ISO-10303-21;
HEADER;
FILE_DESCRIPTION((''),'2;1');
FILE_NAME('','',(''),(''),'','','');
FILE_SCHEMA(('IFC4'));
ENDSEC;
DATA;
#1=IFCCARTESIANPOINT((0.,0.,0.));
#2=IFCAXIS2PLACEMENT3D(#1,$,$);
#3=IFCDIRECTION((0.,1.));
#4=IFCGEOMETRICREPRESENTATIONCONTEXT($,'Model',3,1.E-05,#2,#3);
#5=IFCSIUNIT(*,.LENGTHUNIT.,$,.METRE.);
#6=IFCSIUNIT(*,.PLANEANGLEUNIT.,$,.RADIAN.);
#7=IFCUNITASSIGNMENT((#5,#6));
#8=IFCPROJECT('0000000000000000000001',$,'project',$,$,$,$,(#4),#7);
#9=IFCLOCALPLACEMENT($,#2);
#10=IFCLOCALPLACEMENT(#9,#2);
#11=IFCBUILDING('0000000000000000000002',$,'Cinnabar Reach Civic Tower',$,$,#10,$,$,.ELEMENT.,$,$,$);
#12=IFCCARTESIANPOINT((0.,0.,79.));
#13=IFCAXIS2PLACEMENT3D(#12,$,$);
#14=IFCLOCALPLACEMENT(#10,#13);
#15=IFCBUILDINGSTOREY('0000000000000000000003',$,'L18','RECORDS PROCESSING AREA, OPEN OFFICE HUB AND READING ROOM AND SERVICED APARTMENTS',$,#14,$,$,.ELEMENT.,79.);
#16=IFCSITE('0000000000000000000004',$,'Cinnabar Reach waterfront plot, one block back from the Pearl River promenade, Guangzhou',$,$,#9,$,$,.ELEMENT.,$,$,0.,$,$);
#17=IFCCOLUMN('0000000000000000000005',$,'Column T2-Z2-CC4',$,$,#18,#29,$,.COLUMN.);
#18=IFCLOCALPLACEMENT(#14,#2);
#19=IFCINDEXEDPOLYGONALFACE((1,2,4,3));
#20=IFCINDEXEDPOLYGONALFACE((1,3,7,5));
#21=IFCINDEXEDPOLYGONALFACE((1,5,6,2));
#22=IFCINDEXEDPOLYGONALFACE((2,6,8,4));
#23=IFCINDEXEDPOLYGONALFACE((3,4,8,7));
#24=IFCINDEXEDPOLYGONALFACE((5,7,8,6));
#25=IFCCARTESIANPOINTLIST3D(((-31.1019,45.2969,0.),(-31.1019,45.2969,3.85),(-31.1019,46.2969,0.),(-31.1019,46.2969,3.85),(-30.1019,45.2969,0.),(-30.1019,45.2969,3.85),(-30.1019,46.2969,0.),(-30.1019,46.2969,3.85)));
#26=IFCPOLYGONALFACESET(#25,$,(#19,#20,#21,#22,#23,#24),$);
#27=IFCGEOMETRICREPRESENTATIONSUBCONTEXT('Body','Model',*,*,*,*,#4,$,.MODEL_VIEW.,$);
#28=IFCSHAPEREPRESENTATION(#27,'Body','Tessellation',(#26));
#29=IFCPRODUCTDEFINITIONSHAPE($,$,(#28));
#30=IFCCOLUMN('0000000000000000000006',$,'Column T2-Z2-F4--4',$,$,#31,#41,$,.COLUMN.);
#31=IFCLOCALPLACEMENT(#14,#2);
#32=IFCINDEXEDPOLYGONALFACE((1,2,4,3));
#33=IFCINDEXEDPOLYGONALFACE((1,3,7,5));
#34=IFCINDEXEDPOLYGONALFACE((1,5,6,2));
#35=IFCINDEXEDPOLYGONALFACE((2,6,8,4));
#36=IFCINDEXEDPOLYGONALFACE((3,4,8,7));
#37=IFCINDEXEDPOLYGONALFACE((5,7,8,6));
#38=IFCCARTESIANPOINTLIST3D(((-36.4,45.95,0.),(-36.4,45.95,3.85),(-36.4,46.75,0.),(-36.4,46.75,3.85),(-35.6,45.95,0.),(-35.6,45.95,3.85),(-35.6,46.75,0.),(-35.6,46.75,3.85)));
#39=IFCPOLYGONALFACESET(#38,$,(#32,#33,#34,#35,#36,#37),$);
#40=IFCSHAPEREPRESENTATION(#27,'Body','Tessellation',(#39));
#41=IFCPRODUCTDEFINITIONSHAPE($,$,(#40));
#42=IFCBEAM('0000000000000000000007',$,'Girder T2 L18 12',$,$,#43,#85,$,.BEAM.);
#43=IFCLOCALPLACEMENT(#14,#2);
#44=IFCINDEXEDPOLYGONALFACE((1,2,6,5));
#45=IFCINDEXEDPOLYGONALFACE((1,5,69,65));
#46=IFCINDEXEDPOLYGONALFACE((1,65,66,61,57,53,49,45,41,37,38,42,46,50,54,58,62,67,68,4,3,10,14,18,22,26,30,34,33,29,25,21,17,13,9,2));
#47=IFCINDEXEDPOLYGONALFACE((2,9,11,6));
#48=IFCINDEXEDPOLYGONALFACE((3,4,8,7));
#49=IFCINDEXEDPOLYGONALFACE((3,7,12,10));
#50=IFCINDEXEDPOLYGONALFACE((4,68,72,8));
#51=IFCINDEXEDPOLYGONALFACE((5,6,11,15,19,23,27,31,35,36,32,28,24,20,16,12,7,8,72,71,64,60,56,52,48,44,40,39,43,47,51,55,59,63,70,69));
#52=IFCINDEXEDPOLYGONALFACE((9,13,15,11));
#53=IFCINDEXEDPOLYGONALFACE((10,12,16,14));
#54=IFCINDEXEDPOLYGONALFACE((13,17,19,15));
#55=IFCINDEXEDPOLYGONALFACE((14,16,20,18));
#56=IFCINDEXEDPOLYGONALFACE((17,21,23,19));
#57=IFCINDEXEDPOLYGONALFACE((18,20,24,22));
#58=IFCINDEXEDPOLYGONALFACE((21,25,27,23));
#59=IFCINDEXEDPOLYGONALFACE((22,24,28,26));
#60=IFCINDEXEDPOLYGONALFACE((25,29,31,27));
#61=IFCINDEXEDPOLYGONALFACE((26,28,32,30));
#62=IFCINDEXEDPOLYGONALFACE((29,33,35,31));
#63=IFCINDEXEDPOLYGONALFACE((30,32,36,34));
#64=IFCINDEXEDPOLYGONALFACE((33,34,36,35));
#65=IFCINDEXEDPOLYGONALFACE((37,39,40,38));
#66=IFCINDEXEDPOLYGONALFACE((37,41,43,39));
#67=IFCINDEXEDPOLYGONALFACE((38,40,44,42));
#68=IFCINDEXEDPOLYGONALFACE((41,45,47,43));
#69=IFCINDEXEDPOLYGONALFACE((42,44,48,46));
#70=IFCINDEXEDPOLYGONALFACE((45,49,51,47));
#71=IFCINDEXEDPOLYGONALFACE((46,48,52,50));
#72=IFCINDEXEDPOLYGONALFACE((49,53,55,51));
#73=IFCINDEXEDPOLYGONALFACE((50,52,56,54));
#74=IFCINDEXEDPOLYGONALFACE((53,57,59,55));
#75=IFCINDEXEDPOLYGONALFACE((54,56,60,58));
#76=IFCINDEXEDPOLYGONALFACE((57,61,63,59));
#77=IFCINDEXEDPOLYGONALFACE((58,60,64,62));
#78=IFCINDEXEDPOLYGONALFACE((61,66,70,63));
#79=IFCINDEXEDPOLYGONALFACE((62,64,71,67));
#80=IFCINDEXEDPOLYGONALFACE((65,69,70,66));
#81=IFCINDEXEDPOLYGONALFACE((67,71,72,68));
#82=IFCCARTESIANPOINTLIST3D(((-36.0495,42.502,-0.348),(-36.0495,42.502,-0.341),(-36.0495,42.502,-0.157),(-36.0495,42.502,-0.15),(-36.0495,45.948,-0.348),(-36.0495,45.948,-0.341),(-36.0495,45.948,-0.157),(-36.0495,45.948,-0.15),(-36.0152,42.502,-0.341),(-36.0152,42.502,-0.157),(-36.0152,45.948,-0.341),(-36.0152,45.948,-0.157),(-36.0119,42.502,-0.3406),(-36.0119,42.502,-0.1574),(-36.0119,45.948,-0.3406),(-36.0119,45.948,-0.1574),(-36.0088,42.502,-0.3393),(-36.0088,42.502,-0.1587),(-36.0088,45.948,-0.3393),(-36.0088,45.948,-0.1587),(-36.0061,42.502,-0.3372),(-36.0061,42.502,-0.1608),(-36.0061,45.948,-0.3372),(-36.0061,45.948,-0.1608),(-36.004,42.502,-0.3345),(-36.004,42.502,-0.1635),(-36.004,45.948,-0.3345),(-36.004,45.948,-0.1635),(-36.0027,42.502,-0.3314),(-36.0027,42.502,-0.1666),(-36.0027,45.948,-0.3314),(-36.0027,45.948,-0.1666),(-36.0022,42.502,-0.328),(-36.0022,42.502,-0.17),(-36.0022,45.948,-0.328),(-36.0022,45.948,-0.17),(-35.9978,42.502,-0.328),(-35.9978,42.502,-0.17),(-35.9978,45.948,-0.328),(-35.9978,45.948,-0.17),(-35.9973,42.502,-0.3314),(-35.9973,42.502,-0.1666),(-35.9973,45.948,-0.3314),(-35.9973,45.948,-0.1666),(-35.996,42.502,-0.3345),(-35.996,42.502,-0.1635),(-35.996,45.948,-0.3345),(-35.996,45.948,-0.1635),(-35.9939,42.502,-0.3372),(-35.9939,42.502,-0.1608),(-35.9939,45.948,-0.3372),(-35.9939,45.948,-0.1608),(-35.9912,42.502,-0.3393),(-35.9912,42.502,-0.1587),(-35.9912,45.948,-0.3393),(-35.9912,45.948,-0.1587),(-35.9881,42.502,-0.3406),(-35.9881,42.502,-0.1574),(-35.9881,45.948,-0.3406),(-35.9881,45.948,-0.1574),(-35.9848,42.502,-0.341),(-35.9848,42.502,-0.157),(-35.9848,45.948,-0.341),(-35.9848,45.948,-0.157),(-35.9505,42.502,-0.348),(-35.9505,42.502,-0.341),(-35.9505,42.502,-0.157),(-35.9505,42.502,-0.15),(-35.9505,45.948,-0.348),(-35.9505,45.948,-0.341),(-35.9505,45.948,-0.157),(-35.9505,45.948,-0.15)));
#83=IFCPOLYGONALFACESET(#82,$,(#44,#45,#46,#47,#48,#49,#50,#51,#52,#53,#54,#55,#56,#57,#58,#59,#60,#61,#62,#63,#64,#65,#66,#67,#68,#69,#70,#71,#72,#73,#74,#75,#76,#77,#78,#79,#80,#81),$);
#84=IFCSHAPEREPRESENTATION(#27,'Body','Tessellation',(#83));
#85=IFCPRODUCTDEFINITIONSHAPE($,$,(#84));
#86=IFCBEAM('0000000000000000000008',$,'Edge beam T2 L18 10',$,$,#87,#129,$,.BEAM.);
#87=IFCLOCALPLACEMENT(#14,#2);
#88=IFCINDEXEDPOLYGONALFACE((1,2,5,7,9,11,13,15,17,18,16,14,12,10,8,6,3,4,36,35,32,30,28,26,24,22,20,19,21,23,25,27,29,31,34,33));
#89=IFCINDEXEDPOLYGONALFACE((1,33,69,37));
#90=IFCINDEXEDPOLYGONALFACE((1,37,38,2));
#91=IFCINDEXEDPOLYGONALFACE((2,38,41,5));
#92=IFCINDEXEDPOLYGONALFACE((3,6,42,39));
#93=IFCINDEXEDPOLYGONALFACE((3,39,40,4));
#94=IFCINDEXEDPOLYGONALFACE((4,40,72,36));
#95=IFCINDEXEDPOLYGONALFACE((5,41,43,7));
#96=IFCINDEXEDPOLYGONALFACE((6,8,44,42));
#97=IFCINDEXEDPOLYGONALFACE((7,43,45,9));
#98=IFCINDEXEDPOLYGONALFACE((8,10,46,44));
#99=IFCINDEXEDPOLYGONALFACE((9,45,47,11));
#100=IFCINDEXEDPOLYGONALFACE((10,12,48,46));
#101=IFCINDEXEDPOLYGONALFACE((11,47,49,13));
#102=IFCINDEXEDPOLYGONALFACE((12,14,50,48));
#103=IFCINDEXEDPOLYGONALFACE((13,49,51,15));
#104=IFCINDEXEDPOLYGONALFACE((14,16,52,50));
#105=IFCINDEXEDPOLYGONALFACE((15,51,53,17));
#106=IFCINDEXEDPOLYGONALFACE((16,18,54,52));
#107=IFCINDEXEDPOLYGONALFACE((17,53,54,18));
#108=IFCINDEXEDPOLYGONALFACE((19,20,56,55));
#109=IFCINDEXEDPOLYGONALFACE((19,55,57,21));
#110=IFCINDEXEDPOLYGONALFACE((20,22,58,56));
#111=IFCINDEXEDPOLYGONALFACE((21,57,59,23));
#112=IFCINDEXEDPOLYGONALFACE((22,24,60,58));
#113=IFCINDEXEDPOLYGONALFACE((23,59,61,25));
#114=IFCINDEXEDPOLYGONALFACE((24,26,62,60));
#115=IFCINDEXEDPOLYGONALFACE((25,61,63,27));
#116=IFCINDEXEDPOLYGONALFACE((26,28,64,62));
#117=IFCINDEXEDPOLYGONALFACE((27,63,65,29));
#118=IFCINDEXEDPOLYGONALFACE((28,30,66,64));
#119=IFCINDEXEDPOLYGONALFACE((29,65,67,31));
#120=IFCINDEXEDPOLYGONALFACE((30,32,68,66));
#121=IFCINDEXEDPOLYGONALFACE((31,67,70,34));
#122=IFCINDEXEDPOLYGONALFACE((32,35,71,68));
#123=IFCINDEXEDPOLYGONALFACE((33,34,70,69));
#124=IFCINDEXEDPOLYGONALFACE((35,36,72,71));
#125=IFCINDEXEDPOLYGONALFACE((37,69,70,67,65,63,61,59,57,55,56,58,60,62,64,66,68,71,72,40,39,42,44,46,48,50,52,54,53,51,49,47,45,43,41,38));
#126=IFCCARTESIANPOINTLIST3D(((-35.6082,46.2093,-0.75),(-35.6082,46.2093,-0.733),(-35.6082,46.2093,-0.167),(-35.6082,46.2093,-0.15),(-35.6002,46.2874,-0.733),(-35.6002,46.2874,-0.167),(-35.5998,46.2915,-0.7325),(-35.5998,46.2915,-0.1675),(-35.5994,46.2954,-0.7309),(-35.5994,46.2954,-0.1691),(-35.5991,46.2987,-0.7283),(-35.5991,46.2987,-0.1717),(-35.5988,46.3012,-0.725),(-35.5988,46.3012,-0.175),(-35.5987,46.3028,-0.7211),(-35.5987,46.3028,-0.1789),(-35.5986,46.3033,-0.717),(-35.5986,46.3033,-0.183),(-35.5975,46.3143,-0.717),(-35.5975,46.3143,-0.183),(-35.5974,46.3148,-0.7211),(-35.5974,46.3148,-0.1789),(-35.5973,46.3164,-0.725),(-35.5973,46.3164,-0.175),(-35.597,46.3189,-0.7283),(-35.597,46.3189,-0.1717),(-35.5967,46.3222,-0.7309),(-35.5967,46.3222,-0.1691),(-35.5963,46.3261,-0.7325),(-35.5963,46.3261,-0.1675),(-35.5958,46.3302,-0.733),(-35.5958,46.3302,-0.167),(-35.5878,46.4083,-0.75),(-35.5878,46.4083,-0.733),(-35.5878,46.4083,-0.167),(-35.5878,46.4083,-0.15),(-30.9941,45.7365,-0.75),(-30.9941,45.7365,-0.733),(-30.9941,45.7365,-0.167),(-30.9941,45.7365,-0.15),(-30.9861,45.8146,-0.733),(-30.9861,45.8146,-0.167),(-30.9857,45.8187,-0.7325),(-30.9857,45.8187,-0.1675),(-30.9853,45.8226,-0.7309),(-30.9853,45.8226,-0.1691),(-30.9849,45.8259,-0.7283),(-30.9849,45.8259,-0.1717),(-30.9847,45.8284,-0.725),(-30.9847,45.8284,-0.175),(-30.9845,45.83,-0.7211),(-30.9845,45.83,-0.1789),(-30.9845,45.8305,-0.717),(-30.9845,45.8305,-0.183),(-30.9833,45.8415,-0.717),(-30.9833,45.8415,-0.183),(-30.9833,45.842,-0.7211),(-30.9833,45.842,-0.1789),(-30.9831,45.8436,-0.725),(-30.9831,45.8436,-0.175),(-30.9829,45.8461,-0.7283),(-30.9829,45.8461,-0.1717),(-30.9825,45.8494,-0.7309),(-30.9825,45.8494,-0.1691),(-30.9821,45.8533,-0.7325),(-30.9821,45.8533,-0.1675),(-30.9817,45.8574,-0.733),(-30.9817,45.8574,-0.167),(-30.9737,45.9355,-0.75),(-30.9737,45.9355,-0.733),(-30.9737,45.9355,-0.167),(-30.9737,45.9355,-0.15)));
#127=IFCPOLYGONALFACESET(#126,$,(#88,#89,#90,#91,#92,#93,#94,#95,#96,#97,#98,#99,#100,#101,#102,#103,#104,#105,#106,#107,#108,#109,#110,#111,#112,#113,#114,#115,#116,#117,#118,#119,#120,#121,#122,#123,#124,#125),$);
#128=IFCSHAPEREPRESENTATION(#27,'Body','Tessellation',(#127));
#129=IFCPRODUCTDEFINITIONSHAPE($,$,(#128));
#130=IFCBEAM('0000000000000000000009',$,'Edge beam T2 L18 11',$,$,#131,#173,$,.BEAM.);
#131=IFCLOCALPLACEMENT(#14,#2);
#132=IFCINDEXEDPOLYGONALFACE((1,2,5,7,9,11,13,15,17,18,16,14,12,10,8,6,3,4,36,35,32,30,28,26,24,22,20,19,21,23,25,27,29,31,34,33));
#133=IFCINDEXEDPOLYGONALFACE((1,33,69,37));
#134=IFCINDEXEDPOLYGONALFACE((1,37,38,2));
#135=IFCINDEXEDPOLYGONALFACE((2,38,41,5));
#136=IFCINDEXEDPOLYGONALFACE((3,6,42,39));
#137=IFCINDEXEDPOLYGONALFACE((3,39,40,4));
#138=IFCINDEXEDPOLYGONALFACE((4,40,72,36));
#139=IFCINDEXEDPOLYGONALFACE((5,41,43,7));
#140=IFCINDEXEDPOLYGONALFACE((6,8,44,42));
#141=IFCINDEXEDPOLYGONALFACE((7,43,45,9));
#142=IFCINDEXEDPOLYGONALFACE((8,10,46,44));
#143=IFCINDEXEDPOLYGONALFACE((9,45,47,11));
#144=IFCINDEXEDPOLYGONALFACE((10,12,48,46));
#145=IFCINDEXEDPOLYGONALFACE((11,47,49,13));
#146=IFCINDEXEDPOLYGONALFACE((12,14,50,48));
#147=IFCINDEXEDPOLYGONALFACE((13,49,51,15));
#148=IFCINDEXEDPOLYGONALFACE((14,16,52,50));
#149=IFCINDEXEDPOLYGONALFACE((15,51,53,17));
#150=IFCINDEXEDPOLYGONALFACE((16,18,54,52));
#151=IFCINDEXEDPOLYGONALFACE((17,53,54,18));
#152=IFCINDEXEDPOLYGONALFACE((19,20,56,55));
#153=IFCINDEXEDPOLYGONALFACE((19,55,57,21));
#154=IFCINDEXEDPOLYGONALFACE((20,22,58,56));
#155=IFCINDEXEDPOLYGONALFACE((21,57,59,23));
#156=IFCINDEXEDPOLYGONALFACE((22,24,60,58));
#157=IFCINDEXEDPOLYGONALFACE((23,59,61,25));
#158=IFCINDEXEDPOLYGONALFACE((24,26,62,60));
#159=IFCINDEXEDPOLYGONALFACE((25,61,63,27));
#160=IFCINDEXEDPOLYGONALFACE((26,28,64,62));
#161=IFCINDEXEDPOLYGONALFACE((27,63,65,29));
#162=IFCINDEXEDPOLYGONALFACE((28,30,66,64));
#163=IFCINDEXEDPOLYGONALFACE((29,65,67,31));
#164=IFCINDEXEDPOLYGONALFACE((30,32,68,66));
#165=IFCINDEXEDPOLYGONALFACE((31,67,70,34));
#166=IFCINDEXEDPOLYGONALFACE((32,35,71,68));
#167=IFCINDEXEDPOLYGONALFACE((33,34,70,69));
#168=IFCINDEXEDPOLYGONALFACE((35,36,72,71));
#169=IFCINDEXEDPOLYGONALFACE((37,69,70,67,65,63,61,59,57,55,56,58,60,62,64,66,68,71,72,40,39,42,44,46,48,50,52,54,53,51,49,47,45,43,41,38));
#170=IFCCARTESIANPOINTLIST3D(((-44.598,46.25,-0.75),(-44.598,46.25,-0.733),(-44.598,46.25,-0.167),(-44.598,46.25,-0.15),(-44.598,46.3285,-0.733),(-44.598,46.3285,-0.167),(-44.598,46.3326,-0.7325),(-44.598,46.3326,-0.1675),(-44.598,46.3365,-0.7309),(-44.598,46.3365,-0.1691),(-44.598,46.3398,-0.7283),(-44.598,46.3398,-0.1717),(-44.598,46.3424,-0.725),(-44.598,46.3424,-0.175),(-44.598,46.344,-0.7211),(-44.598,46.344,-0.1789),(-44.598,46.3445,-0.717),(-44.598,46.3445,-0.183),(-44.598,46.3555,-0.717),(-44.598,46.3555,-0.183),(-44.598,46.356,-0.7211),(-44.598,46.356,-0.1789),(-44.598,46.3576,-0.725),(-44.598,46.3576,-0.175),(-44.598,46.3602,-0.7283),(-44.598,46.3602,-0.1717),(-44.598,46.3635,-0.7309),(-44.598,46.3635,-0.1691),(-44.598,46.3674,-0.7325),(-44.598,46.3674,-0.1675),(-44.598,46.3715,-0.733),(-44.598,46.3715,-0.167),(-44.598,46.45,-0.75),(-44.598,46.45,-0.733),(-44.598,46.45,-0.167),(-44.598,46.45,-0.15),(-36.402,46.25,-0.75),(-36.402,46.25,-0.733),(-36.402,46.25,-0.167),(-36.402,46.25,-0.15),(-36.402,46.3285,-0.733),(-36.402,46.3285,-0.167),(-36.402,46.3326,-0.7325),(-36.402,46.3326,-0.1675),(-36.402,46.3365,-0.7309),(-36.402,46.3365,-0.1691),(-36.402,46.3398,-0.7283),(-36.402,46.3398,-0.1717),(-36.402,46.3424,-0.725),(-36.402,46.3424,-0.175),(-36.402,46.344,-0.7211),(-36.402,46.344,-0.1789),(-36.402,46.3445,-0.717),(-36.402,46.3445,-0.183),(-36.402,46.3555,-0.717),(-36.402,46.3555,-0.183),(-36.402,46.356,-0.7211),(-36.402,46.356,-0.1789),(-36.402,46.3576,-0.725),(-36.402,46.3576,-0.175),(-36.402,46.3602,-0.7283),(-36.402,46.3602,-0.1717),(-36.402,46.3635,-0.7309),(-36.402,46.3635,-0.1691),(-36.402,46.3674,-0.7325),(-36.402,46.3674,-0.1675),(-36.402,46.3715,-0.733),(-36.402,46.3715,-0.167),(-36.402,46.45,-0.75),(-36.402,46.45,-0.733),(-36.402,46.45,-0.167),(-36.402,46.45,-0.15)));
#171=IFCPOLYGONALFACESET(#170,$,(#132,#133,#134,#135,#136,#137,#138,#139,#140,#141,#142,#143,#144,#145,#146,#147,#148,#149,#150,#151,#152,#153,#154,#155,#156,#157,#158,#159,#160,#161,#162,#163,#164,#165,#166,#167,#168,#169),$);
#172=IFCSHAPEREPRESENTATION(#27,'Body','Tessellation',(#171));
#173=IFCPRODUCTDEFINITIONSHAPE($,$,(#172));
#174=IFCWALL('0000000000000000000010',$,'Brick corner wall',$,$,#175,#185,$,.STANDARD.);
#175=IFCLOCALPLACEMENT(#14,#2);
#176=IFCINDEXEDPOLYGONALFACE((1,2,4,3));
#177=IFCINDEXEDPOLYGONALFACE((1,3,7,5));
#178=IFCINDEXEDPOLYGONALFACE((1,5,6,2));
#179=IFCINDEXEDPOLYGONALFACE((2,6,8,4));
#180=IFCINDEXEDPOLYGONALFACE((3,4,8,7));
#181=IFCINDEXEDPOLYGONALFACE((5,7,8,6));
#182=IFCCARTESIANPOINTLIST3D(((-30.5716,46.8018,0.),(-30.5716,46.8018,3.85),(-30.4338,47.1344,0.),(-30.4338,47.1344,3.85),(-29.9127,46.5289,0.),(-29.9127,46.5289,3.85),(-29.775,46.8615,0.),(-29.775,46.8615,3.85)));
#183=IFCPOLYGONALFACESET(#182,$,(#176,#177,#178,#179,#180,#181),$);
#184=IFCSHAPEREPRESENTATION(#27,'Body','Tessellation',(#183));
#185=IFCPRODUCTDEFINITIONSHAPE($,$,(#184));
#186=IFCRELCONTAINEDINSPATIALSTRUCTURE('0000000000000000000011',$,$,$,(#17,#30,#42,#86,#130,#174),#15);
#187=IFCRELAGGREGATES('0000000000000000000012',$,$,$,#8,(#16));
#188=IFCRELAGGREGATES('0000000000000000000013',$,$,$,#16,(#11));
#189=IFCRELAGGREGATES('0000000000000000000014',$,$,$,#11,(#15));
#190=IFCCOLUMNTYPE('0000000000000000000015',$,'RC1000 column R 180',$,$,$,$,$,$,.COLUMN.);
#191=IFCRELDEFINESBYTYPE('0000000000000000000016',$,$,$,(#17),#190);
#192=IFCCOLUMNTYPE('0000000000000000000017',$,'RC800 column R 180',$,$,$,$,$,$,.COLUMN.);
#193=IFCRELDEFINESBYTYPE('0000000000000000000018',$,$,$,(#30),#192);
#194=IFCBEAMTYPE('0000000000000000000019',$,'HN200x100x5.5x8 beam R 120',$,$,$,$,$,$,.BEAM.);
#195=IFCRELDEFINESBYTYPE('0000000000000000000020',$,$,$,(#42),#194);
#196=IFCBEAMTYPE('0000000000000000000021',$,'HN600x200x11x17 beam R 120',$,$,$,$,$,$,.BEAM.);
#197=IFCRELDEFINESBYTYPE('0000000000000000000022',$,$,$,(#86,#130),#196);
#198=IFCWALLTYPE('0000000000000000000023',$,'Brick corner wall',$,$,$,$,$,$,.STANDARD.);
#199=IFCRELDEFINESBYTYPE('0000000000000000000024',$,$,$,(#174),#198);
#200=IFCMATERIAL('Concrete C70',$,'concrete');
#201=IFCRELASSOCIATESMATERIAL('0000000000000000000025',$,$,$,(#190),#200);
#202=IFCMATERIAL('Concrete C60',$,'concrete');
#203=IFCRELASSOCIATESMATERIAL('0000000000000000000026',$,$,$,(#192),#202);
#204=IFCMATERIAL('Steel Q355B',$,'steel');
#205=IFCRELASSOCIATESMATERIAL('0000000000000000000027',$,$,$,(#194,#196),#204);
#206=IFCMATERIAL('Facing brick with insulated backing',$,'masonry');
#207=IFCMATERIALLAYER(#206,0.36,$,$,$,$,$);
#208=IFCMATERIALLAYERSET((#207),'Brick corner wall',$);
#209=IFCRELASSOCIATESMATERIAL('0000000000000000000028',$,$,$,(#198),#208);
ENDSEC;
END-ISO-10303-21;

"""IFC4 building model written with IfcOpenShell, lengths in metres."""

from ifc_helpers import new_model, si_unit, direction, frame, frame_2d, origin, origin_2d, place, context, subcontext, project, spatial, rectangle, i_section, extrude, material, layer, layer_set, material_profile, profile_set, type_object, element, save


model = new_model("IFC4")

# Units and contexts
model_context = context("Model", 3, precision=1e-05, world=origin(), true_north=direction((0.0, 1.0)))
body_context = subcontext(model_context, "Body", "Model", "MODEL_VIEW")
ifc_project = project(units=[si_unit("LENGTHUNIT", "METRE"), si_unit("PLANEANGLEUNIT", "RADIAN")], contexts=[model_context])

# Site, building, storey
site_placement = place(None, origin())
site = spatial("IfcSite", under=ifc_project, at=site_placement, Name="Cinnabar Reach waterfront plot, one block back from the Pearl River promenade, Guangzhou", CompositionType="ELEMENT", RefElevation=0.0)
building_placement = place(site_placement, origin())
building = spatial("IfcBuilding", under=site, at=building_placement, Name="Cinnabar Reach Civic Tower", CompositionType="ELEMENT")
storey_placement = place(building_placement, frame((0.0, 0.0, 79.0)))
storey = spatial("IfcBuildingStorey", under=building, at=storey_placement, Name="L18", Description="RECORDS PROCESSING AREA, OPEN OFFICE HUB AND READING ROOM AND SERVICED APARTMENTS", CompositionType="ELEMENT", Elevation=79.0)

# Columns
ifc_material_1 = material(Name="Concrete C70", Category="concrete")
ifc_material_profile_1 = material_profile(ifc_material_1, rectangle(XDim=1.0, YDim=1.0, at=origin_2d()), Name="RC1000")
ifc_profile_set_1 = profile_set([ifc_material_profile_1], Name="Concrete C70")
column_type_1 = type_object("IfcColumnType", Name="RC1000 column R 180", PredefinedType="COLUMN", material=ifc_profile_set_1)
column_1_placement = place(storey_placement, frame((-30.6019, 45.7969, 0.0), z_axis=(0.0, 0.0, 1.0), x_axis=(1.0, 0.0, 0.0)))
element("IfcColumn", 1, at=column_1_placement, inside=storey, type_object=column_type_1, Name="Column T2-Z2-CC4", PredefinedType="COLUMN", context=body_context, shape_type="SweptSolid", body=[
    extrude(rectangle(XDim=1.0, YDim=1.0, at=origin_2d()), origin(), (0.0, 0.0, 1.0), 3.85),
])
ifc_material_2 = material(Name="Concrete C60", Category="concrete")
ifc_material_profile_2 = material_profile(ifc_material_2, rectangle(XDim=0.8, YDim=0.8, at=origin_2d()), Name="RC800")
ifc_profile_set_2 = profile_set([ifc_material_profile_2], Name="Concrete C60")
column_type_2 = type_object("IfcColumnType", Name="RC800 column R 180", PredefinedType="COLUMN", material=ifc_profile_set_2)
column_2_placement = place(storey_placement, frame((-36.0, 46.35, 0.0), z_axis=(0.0, 0.0, 1.0), x_axis=(1.0, 0.0, 0.0)))
element("IfcColumn", 2, at=column_2_placement, inside=storey, type_object=column_type_2, Name="Column T2-Z2-F4--4", PredefinedType="COLUMN", context=body_context, shape_type="SweptSolid", body=[
    extrude(rectangle(XDim=0.8, YDim=0.8, at=origin_2d()), origin(), (0.0, 0.0, 1.0), 3.85),
])

# Beams
ifc_material_3 = material(Name="Steel Q355B", Category="steel")
ifc_material_profile_3 = material_profile(ifc_material_3, i_section(OverallWidth=0.099, OverallDepth=0.198, WebThickness=0.0045, FlangeThickness=0.007, FilletRadius=0.013, at=origin_2d()), Name="HN200x100x5.5x8")
ifc_profile_set_3 = profile_set([ifc_material_profile_3], Name="Steel Q355B")
beam_type_1 = type_object("IfcBeamType", Name="HN200x100x5.5x8 beam R 120", PredefinedType="BEAM", material=ifc_profile_set_3)
beam_1_placement = place(storey_placement, frame((-36.0, 42.502, -0.249), z_axis=(0.0, 1.0, 0.0), x_axis=(-1.0, 0.0, 0.0)))
element("IfcBeam", 3, at=beam_1_placement, inside=storey, type_object=beam_type_1, Name="Girder T2 L18 12", PredefinedType="BEAM", context=body_context, shape_type="SweptSolid", body=[
    extrude(i_section(OverallWidth=0.099, OverallDepth=0.198, WebThickness=0.0045, FlangeThickness=0.007, FilletRadius=0.013, at=origin_2d()), origin(), (0.0, 0.0, 1.0), 3.446),
])
ifc_material_profile_4 = material_profile(ifc_material_3, i_section(OverallWidth=0.2, OverallDepth=0.6, WebThickness=0.011, FlangeThickness=0.017, FilletRadius=0.016, at=origin_2d()), Name="HN600x200x11x17")
ifc_profile_set_4 = profile_set([ifc_material_profile_4], Name="Steel Q355B")
beam_type_2 = type_object("IfcBeamType", Name="HN600x200x11x17 beam R 120", PredefinedType="BEAM", material=ifc_profile_set_4)
beam_2_placement = place(storey_placement, frame((-30.9839, 45.836, -0.45), z_axis=(-0.994791, 0.101935, 0.0), x_axis=(-0.101935, -0.994791, 0.0)))
element("IfcBeam", 4, at=beam_2_placement, inside=storey, type_object=beam_type_2, Name="Edge beam T2 L18 10", PredefinedType="BEAM", context=body_context, shape_type="SweptSolid", body=[
    extrude(i_section(OverallWidth=0.2, OverallDepth=0.6, WebThickness=0.011, FlangeThickness=0.017, FilletRadius=0.016, at=origin_2d()), origin(), (0.0, 0.0, 1.0), 4.6383),
])
beam_3_placement = place(storey_placement, frame((-36.402, 46.35, -0.45), z_axis=(-1.0, 0.0, 0.0), x_axis=(0.0, -1.0, 0.0)))
element("IfcBeam", 5, at=beam_3_placement, inside=storey, type_object=beam_type_2, Name="Edge beam T2 L18 11", PredefinedType="BEAM", context=body_context, shape_type="SweptSolid", body=[
    extrude(i_section(OverallWidth=0.2, OverallDepth=0.6, WebThickness=0.011, FlangeThickness=0.017, FilletRadius=0.016, at=origin_2d()), origin(), (0.0, 0.0, 1.0), 8.196),
])

# Wall
ifc_material_4 = material(Name="Facing brick with insulated backing", Category="masonry")
ifc_layer_1 = layer(ifc_material_4, 0.36)
ifc_layer_set_1 = layer_set([ifc_layer_1], Name="Brick corner wall")
wall_type_1 = type_object("IfcWallType", Name="Brick corner wall", PredefinedType="STANDARD", material=ifc_layer_set_1)
for number, where, z_axis, x_axis, name in (
    (6, (-29.8439, 46.6952, 0.0), (0.0, 0.0, 1.0), (-0.923872, 0.382703, 0.0), "Brick corner wall"),
):
    element("IfcWall", number, at=place(storey_placement, frame(where, z_axis=z_axis, x_axis=x_axis)), inside=storey, type_object=wall_type_1, Name=name, PredefinedType="STANDARD", context=body_context, shape_type="SweptSolid", body=[
        extrude(rectangle(XDim=0.7131, YDim=0.36, at=frame_2d((0.3565, 0.0))), origin(), (0.0, 0.0, 1.0), 3.85),
    ])

save(model, "model.ifc")
